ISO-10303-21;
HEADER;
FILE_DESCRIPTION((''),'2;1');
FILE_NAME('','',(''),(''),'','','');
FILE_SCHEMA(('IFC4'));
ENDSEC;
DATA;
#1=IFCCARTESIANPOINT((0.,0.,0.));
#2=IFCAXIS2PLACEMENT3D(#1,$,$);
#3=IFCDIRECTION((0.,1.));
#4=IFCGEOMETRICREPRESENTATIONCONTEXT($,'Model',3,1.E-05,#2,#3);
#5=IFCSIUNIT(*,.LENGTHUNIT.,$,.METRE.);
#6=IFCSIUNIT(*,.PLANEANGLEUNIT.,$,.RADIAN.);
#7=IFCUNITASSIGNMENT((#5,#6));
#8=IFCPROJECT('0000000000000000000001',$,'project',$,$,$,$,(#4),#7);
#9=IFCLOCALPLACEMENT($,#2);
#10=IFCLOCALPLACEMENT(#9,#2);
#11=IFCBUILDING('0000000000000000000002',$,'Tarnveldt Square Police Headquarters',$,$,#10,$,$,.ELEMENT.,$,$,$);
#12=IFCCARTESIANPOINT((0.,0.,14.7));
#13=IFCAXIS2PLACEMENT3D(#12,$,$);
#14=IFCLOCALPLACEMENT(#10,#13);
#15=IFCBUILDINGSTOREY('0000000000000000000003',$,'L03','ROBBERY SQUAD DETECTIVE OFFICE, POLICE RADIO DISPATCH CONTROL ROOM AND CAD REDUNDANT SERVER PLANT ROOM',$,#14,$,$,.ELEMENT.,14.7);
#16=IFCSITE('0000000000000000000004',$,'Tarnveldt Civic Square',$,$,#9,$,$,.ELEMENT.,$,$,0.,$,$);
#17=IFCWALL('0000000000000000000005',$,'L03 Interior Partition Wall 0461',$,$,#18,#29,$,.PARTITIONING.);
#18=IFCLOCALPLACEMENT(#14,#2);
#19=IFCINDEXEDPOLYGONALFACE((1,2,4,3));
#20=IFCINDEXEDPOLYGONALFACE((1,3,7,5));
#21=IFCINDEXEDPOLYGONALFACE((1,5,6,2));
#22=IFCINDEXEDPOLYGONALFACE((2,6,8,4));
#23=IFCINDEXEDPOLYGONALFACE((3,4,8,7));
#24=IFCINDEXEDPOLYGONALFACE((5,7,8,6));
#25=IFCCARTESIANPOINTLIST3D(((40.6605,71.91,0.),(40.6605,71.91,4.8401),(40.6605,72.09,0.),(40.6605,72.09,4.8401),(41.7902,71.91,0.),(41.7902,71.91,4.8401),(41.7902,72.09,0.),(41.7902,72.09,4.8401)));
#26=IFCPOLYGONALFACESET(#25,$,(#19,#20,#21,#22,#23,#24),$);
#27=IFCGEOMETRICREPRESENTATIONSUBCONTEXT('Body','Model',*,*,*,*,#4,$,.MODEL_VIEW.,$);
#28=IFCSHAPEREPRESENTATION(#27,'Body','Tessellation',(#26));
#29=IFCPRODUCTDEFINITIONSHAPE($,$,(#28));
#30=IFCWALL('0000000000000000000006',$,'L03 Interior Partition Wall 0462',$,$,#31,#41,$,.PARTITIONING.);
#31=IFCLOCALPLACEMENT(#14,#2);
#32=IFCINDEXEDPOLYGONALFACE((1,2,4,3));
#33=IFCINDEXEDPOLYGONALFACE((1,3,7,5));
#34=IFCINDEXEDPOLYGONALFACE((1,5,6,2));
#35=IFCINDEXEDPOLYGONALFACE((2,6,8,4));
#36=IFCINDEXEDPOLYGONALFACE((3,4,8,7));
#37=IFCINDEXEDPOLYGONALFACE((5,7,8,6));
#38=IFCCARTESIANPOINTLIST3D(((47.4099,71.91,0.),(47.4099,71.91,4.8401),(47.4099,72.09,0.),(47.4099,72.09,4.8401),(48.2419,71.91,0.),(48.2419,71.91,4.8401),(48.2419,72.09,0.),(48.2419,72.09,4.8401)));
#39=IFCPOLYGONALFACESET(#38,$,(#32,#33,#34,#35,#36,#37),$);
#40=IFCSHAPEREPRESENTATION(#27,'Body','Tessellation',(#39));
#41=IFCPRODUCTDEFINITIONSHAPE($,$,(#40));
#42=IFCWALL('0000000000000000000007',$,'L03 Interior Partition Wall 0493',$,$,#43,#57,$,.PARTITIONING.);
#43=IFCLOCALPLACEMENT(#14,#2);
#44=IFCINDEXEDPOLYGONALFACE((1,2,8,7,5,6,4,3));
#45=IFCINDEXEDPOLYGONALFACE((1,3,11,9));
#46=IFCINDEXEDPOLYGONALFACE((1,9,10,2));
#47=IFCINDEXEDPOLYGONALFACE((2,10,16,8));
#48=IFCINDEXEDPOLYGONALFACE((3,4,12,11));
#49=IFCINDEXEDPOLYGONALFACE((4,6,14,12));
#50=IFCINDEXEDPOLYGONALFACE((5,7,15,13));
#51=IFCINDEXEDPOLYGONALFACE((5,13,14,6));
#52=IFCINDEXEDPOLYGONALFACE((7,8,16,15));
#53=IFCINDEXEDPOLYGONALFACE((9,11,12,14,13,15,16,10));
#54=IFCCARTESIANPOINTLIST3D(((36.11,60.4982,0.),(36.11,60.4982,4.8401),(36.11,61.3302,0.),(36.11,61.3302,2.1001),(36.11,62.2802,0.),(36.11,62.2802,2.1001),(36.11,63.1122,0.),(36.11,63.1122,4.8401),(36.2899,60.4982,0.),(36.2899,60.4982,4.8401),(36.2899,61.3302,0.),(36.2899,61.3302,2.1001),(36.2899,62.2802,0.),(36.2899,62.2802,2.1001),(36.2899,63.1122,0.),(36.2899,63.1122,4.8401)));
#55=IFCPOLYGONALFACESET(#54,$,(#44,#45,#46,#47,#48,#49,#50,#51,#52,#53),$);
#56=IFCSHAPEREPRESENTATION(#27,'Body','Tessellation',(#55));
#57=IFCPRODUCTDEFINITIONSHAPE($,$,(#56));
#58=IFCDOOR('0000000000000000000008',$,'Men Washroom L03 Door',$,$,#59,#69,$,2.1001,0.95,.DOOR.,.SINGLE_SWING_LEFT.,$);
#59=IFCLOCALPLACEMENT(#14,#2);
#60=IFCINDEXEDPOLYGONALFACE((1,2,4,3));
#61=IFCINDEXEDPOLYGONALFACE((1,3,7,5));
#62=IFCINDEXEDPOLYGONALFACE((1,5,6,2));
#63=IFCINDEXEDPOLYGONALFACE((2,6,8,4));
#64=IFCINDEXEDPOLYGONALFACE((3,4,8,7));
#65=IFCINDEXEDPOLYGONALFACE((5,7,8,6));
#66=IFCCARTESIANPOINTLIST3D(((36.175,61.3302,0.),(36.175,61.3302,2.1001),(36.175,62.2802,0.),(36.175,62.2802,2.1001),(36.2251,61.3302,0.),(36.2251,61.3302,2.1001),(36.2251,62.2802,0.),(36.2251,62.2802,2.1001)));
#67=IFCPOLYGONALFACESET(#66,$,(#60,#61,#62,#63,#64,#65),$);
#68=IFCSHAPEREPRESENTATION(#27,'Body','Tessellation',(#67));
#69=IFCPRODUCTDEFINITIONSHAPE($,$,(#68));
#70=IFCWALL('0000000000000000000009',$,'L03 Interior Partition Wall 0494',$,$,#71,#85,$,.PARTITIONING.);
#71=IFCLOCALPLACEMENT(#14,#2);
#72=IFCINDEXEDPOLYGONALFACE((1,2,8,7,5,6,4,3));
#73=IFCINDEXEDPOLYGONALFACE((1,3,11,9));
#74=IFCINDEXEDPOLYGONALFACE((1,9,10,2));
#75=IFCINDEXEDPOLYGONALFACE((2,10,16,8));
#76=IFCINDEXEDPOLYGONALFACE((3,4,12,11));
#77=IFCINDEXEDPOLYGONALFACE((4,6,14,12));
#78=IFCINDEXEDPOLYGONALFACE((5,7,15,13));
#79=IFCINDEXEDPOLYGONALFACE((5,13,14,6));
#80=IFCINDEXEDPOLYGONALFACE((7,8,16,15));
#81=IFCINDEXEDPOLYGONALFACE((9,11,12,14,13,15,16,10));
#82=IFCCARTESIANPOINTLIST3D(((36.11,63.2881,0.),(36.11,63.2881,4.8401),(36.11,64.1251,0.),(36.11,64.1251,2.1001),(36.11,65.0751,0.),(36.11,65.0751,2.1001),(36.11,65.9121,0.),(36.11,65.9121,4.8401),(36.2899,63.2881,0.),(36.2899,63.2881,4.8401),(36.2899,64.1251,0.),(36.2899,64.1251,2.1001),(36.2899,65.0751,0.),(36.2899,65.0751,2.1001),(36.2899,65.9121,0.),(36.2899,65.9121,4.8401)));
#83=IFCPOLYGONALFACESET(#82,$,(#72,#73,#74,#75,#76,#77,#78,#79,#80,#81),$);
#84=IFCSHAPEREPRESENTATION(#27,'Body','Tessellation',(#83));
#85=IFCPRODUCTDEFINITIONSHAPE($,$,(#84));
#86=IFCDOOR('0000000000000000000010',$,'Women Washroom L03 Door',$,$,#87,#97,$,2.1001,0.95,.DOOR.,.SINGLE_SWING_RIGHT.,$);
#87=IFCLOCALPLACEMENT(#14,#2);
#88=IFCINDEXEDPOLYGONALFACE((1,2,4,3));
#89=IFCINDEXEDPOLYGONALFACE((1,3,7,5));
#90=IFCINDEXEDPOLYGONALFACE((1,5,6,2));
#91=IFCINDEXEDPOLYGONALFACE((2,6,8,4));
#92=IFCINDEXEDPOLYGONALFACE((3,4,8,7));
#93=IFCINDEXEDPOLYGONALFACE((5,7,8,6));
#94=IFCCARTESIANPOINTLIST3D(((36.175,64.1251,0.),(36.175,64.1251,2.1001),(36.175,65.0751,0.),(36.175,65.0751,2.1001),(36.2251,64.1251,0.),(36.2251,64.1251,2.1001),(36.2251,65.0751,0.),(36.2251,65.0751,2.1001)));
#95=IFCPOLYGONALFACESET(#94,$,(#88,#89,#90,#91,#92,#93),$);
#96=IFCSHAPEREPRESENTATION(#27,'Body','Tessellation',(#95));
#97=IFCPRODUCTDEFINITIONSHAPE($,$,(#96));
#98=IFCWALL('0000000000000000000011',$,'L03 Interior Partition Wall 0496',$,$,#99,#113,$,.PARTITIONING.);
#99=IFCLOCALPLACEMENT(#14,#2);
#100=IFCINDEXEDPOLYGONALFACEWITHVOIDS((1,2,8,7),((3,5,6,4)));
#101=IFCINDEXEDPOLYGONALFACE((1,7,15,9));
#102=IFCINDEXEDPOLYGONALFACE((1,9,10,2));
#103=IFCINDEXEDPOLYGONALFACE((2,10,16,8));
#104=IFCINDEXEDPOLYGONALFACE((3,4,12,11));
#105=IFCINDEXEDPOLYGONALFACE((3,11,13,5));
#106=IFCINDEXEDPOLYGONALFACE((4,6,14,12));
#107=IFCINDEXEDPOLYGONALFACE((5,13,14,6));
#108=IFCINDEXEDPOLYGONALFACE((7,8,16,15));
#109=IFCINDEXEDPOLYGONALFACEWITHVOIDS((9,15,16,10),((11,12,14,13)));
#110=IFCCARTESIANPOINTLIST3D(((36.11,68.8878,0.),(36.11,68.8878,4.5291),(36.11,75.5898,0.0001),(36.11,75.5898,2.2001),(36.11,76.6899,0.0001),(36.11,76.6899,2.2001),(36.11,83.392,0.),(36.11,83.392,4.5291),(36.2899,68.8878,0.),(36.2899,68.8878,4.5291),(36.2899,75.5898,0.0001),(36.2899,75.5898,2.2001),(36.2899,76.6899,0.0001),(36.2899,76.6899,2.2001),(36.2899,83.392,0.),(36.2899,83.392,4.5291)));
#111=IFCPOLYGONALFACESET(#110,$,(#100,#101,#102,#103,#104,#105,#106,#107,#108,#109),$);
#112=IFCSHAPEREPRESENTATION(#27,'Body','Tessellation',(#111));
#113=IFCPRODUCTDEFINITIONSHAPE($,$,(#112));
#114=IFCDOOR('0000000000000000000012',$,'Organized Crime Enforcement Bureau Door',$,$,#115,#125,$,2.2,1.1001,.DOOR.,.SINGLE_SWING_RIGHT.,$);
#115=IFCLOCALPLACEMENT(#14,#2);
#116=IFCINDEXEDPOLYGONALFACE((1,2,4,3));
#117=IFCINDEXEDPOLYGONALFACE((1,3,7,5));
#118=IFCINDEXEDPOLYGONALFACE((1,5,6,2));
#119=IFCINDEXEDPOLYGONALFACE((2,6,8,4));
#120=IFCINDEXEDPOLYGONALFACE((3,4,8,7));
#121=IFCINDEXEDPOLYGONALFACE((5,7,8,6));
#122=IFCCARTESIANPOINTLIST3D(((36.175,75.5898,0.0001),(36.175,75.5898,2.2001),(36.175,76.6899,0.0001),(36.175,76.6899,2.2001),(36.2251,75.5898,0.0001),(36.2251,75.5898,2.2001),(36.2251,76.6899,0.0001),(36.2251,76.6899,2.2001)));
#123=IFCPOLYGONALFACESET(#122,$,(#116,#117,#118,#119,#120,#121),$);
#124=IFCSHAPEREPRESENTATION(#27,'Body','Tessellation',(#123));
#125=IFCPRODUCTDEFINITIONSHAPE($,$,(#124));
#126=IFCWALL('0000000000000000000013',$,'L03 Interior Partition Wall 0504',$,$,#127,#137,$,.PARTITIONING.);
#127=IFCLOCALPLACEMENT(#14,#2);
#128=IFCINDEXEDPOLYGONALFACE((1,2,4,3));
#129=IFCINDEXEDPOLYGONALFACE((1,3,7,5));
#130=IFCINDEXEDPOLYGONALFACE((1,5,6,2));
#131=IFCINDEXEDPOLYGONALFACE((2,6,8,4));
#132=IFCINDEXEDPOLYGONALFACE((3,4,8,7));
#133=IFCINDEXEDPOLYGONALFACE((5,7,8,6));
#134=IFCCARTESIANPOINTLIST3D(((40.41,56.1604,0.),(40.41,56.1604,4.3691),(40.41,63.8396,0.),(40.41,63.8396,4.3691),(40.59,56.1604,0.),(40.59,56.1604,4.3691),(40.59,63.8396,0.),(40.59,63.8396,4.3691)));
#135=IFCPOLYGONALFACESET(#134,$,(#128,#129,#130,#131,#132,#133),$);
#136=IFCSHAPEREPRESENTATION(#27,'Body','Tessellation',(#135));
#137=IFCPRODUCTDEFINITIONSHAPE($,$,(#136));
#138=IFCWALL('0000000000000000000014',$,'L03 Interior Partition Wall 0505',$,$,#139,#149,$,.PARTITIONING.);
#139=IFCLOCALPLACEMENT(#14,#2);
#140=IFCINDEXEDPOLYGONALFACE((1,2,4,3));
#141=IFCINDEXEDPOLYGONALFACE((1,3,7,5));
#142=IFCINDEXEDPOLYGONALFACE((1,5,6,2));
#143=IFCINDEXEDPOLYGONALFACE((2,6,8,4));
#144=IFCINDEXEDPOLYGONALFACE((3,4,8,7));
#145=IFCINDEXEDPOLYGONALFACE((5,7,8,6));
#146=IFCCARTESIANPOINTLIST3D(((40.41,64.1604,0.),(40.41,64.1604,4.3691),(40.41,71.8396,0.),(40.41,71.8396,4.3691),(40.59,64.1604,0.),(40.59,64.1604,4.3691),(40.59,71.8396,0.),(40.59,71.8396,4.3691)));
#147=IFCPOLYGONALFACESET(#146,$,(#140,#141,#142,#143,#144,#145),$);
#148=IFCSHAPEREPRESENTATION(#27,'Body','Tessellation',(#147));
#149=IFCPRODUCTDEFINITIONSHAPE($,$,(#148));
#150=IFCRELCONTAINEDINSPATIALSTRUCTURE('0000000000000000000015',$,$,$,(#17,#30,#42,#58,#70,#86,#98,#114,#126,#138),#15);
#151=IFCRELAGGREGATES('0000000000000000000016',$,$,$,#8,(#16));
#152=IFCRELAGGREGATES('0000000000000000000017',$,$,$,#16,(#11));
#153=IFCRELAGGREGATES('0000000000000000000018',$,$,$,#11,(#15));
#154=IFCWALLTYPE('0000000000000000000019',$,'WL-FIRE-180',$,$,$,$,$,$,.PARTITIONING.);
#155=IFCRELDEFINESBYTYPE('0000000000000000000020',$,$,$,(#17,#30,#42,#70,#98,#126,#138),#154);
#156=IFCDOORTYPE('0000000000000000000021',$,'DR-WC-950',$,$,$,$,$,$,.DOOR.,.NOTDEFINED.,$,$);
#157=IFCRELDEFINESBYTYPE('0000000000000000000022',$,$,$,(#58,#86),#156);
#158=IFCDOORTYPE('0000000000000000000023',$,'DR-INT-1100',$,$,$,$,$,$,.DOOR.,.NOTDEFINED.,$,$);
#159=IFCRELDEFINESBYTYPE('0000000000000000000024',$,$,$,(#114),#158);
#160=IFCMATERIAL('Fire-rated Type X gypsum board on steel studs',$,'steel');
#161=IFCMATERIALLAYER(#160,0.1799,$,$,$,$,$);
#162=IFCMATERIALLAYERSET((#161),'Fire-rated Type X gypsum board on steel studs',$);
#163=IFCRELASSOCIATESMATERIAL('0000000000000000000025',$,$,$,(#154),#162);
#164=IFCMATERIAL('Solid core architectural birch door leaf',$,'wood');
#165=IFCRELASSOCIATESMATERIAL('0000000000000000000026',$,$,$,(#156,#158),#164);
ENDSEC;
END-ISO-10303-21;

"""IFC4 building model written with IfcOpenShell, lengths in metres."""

from ifc_helpers import new_model, si_unit, direction, frame, frame_2d, origin, place, context, subcontext, project, spatial, rectangle, extrude, material, layer, layer_set, type_object, element, fill, save


model = new_model("IFC4")

# Units and contexts
model_context = context("Model", 3, precision=1e-05, world=origin(), true_north=direction((0.0, 1.0)))
body_context = subcontext(model_context, "Body", "Model", "MODEL_VIEW")
ifc_project = project(units=[si_unit("LENGTHUNIT", "METRE"), si_unit("PLANEANGLEUNIT", "RADIAN")], contexts=[model_context])

# Site, building, storey
site_placement = place(None, origin())
site = spatial("IfcSite", under=ifc_project, at=site_placement, Name="Tarnveldt Civic Square", CompositionType="ELEMENT", RefElevation=0.0)
building_placement = place(site_placement, origin())
building = spatial("IfcBuilding", under=site, at=building_placement, Name="Tarnveldt Square Police Headquarters", CompositionType="ELEMENT")
storey_placement = place(building_placement, frame((0.0, 0.0, 14.7)))
storey = spatial("IfcBuildingStorey", under=building, at=storey_placement, Name="L03", Description="ROBBERY SQUAD DETECTIVE OFFICE, POLICE RADIO DISPATCH CONTROL ROOM AND CAD REDUNDANT SERVER PLANT ROOM", CompositionType="ELEMENT", Elevation=14.7)

# Walls
ifc_material_1 = material(Name="Fire-rated Type X gypsum board on steel studs", Category="steel")
ifc_layer_1 = layer(ifc_material_1, 0.1799)
ifc_layer_set_1 = layer_set([ifc_layer_1], Name="Fire-rated Type X gypsum board on steel studs")
wall_type = type_object("IfcWallType", Name="WL-FIRE-180", PredefinedType="PARTITIONING", material=ifc_layer_set_1)
wall_1_placement = place(storey_placement, frame((40.6604, 72.0, 0.0), z_axis=(0.0, 0.0, 1.0), x_axis=(1.0, 0.0, 0.0)))
element("IfcWall", 1, at=wall_1_placement, inside=storey, type_object=wall_type, Name="L03 Interior Partition Wall 0461", PredefinedType="PARTITIONING", context=body_context, shape_type="SweptSolid", body=[
    extrude(rectangle(XDim=1.1296, YDim=0.1799, at=frame_2d((0.5649, 0.0))), origin(), (0.0, 0.0, 1.0), 4.8401),
])
wall_2_placement = place(storey_placement, frame((47.4099, 72.0, 0.0), z_axis=(0.0, 0.0, 1.0), x_axis=(1.0, 0.0, 0.0)))
element("IfcWall", 2, at=wall_2_placement, inside=storey, type_object=wall_type, Name="L03 Interior Partition Wall 0462", PredefinedType="PARTITIONING", context=body_context, shape_type="SweptSolid", body=[
    extrude(rectangle(XDim=0.832, YDim=0.1799, at=frame_2d((0.416, 0.0))), origin(), (0.0, 0.0, 1.0), 4.8401),
])

# Walls, openings, doors
wall_3_placement = place(storey_placement, frame((36.2, 60.498, 0.0), z_axis=(0.0, 0.0, 1.0), x_axis=(0.0, 1.0, 0.0)))
wall_3 = element("IfcWall", 3, at=wall_3_placement, inside=storey, type_object=wall_type, Name="L03 Interior Partition Wall 0493", PredefinedType="PARTITIONING", context=body_context, shape_type="SweptSolid", body=[
    extrude(rectangle(XDim=2.614, YDim=0.1799, at=frame_2d((1.3071, 0.0))), origin(), (0.0, 0.0, 1.0), 4.8401),
])
opening_1_placement = place(wall_3_placement, frame((0.832, 0.0, 0.0)))
opening_1 = element("IfcOpeningElement", 4, at=opening_1_placement, cuts=wall_3, PredefinedType="OPENING", context=body_context, shape_type="SweptSolid", body=[
    extrude(rectangle(XDim=0.95, YDim=2.1001, at=frame_2d((0.4751, 1.05))), frame((0.0, 0.0999, 0.0), z_axis=(0.0, -1.0, 0.0), x_axis=(1.0, 0.0, 0.0)), (0.0, 0.0, 1.0), 0.2),
])
ifc_material_2 = material(Name="Solid core architectural birch door leaf", Category="wood")
door_type_1 = type_object("IfcDoorType", Name="DR-WC-950", OperationType="NOTDEFINED", PredefinedType="DOOR", material=ifc_material_2)
door_1_placement = place(opening_1_placement, origin())
door_1 = element("IfcDoor", 5, at=door_1_placement, inside=storey, type_object=door_type_1, Name="Men Washroom L03 Door", OperationType="SINGLE_SWING_LEFT", OverallHeight=2.1001, OverallWidth=0.95, PredefinedType="DOOR", context=body_context, shape_type="SweptSolid", body=[
    extrude(rectangle(XDim=0.95, YDim=2.1001, at=frame_2d((0.4751, 1.05))), frame((0.0, 0.0249, 0.0), z_axis=(0.0, -1.0, 0.0), x_axis=(1.0, 0.0, 0.0)), (0.0, 0.0, 1.0), 0.05),
])
fill(opening_1, door_1)
wall_4_placement = place(storey_placement, frame((36.2, 63.2881, 0.0), z_axis=(0.0, 0.0, 1.0), x_axis=(0.0, 1.0, 0.0)))
wall_4 = element("IfcWall", 6, at=wall_4_placement, inside=storey, type_object=wall_type, Name="L03 Interior Partition Wall 0494", PredefinedType="PARTITIONING", context=body_context, shape_type="SweptSolid", body=[
    extrude(rectangle(XDim=2.624, YDim=0.1799, at=frame_2d((1.312, 0.0))), origin(), (0.0, 0.0, 1.0), 4.8401),
])
opening_2_placement = place(wall_4_placement, frame((0.8369, 0.0, 0.0)))
opening_2 = element("IfcOpeningElement", 7, at=opening_2_placement, cuts=wall_4, PredefinedType="OPENING", context=body_context, shape_type="SweptSolid", body=[
    extrude(rectangle(XDim=0.95, YDim=2.1001, at=frame_2d((0.4751, 1.05))), frame((0.0, 0.0999, 0.0), z_axis=(0.0, -1.0, 0.0), x_axis=(1.0, 0.0, 0.0)), (0.0, 0.0, 1.0), 0.2),
])
door_2_placement = place(opening_2_placement, origin())
door_2 = element("IfcDoor", 8, at=door_2_placement, inside=storey, type_object=door_type_1, Name="Women Washroom L03 Door", OperationType="SINGLE_SWING_RIGHT", OverallHeight=2.1001, OverallWidth=0.95, PredefinedType="DOOR", context=body_context, shape_type="SweptSolid", body=[
    extrude(rectangle(XDim=0.95, YDim=2.1001, at=frame_2d((0.4751, 1.05))), frame((0.0, 0.0249, 0.0), z_axis=(0.0, -1.0, 0.0), x_axis=(1.0, 0.0, 0.0)), (0.0, 0.0, 1.0), 0.05),
])
fill(opening_2, door_2)
wall_5_placement = place(storey_placement, frame((36.2, 68.8879, 0.0), z_axis=(0.0, 0.0, 1.0), x_axis=(0.0, 1.0, 0.0)))
wall_5 = element("IfcWall", 9, at=wall_5_placement, inside=storey, type_object=wall_type, Name="L03 Interior Partition Wall 0496", PredefinedType="PARTITIONING", context=body_context, shape_type="SweptSolid", body=[
    extrude(rectangle(XDim=14.5042, YDim=0.1799, at=frame_2d((7.252, 0.0))), origin(), (0.0, 0.0, 1.0), 4.5291),
])
opening_3_placement = place(wall_5_placement, frame((6.7019, 0.0, 0.0)))
opening_3 = element("IfcOpeningElement", 10, at=opening_3_placement, cuts=wall_5, PredefinedType="OPENING", context=body_context, shape_type="SweptSolid", body=[
    extrude(rectangle(XDim=1.1001, YDim=2.2, at=frame_2d((0.55, 1.1001))), frame((0.0, 0.0999, 0.0), z_axis=(0.0, -1.0, 0.0), x_axis=(1.0, 0.0, 0.0)), (0.0, 0.0, 1.0), 0.2),
])
door_type_2 = type_object("IfcDoorType", Name="DR-INT-1100", OperationType="NOTDEFINED", PredefinedType="DOOR", material=ifc_material_2)
door_3_placement = place(opening_3_placement, origin())
door_3 = element("IfcDoor", 11, at=door_3_placement, inside=storey, type_object=door_type_2, Name="Organized Crime Enforcement Bureau Door", OperationType="SINGLE_SWING_RIGHT", OverallHeight=2.2, OverallWidth=1.1001, PredefinedType="DOOR", context=body_context, shape_type="SweptSolid", body=[
    extrude(rectangle(XDim=1.1001, YDim=2.2, at=frame_2d((0.55, 1.1001))), frame((0.0, 0.0249, 0.0), z_axis=(0.0, -1.0, 0.0), x_axis=(1.0, 0.0, 0.0)), (0.0, 0.0, 1.0), 0.05),
])
fill(opening_3, door_3)

# Walls
for number, where, z_axis, x_axis, name in (
    (12, (40.5, 56.1604, 0.0), (0.0, 0.0, 1.0), (0.0, 1.0, 0.0), "L03 Interior Partition Wall 0504"),
    (13, (40.5, 64.1604, 0.0), (0.0, 0.0, 1.0), (0.0, 1.0, 0.0), "L03 Interior Partition Wall 0505"),
):
    element("IfcWall", number, at=place(storey_placement, frame(where, z_axis=z_axis, x_axis=x_axis)), inside=storey, type_object=wall_type, Name=name, PredefinedType="PARTITIONING", context=body_context, shape_type="SweptSolid", body=[
        extrude(rectangle(XDim=7.6792, YDim=0.1799, at=frame_2d((3.8396, 0.0))), origin(), (0.0, 0.0, 1.0), 4.3691),
    ])

save(model, "model.ifc")
